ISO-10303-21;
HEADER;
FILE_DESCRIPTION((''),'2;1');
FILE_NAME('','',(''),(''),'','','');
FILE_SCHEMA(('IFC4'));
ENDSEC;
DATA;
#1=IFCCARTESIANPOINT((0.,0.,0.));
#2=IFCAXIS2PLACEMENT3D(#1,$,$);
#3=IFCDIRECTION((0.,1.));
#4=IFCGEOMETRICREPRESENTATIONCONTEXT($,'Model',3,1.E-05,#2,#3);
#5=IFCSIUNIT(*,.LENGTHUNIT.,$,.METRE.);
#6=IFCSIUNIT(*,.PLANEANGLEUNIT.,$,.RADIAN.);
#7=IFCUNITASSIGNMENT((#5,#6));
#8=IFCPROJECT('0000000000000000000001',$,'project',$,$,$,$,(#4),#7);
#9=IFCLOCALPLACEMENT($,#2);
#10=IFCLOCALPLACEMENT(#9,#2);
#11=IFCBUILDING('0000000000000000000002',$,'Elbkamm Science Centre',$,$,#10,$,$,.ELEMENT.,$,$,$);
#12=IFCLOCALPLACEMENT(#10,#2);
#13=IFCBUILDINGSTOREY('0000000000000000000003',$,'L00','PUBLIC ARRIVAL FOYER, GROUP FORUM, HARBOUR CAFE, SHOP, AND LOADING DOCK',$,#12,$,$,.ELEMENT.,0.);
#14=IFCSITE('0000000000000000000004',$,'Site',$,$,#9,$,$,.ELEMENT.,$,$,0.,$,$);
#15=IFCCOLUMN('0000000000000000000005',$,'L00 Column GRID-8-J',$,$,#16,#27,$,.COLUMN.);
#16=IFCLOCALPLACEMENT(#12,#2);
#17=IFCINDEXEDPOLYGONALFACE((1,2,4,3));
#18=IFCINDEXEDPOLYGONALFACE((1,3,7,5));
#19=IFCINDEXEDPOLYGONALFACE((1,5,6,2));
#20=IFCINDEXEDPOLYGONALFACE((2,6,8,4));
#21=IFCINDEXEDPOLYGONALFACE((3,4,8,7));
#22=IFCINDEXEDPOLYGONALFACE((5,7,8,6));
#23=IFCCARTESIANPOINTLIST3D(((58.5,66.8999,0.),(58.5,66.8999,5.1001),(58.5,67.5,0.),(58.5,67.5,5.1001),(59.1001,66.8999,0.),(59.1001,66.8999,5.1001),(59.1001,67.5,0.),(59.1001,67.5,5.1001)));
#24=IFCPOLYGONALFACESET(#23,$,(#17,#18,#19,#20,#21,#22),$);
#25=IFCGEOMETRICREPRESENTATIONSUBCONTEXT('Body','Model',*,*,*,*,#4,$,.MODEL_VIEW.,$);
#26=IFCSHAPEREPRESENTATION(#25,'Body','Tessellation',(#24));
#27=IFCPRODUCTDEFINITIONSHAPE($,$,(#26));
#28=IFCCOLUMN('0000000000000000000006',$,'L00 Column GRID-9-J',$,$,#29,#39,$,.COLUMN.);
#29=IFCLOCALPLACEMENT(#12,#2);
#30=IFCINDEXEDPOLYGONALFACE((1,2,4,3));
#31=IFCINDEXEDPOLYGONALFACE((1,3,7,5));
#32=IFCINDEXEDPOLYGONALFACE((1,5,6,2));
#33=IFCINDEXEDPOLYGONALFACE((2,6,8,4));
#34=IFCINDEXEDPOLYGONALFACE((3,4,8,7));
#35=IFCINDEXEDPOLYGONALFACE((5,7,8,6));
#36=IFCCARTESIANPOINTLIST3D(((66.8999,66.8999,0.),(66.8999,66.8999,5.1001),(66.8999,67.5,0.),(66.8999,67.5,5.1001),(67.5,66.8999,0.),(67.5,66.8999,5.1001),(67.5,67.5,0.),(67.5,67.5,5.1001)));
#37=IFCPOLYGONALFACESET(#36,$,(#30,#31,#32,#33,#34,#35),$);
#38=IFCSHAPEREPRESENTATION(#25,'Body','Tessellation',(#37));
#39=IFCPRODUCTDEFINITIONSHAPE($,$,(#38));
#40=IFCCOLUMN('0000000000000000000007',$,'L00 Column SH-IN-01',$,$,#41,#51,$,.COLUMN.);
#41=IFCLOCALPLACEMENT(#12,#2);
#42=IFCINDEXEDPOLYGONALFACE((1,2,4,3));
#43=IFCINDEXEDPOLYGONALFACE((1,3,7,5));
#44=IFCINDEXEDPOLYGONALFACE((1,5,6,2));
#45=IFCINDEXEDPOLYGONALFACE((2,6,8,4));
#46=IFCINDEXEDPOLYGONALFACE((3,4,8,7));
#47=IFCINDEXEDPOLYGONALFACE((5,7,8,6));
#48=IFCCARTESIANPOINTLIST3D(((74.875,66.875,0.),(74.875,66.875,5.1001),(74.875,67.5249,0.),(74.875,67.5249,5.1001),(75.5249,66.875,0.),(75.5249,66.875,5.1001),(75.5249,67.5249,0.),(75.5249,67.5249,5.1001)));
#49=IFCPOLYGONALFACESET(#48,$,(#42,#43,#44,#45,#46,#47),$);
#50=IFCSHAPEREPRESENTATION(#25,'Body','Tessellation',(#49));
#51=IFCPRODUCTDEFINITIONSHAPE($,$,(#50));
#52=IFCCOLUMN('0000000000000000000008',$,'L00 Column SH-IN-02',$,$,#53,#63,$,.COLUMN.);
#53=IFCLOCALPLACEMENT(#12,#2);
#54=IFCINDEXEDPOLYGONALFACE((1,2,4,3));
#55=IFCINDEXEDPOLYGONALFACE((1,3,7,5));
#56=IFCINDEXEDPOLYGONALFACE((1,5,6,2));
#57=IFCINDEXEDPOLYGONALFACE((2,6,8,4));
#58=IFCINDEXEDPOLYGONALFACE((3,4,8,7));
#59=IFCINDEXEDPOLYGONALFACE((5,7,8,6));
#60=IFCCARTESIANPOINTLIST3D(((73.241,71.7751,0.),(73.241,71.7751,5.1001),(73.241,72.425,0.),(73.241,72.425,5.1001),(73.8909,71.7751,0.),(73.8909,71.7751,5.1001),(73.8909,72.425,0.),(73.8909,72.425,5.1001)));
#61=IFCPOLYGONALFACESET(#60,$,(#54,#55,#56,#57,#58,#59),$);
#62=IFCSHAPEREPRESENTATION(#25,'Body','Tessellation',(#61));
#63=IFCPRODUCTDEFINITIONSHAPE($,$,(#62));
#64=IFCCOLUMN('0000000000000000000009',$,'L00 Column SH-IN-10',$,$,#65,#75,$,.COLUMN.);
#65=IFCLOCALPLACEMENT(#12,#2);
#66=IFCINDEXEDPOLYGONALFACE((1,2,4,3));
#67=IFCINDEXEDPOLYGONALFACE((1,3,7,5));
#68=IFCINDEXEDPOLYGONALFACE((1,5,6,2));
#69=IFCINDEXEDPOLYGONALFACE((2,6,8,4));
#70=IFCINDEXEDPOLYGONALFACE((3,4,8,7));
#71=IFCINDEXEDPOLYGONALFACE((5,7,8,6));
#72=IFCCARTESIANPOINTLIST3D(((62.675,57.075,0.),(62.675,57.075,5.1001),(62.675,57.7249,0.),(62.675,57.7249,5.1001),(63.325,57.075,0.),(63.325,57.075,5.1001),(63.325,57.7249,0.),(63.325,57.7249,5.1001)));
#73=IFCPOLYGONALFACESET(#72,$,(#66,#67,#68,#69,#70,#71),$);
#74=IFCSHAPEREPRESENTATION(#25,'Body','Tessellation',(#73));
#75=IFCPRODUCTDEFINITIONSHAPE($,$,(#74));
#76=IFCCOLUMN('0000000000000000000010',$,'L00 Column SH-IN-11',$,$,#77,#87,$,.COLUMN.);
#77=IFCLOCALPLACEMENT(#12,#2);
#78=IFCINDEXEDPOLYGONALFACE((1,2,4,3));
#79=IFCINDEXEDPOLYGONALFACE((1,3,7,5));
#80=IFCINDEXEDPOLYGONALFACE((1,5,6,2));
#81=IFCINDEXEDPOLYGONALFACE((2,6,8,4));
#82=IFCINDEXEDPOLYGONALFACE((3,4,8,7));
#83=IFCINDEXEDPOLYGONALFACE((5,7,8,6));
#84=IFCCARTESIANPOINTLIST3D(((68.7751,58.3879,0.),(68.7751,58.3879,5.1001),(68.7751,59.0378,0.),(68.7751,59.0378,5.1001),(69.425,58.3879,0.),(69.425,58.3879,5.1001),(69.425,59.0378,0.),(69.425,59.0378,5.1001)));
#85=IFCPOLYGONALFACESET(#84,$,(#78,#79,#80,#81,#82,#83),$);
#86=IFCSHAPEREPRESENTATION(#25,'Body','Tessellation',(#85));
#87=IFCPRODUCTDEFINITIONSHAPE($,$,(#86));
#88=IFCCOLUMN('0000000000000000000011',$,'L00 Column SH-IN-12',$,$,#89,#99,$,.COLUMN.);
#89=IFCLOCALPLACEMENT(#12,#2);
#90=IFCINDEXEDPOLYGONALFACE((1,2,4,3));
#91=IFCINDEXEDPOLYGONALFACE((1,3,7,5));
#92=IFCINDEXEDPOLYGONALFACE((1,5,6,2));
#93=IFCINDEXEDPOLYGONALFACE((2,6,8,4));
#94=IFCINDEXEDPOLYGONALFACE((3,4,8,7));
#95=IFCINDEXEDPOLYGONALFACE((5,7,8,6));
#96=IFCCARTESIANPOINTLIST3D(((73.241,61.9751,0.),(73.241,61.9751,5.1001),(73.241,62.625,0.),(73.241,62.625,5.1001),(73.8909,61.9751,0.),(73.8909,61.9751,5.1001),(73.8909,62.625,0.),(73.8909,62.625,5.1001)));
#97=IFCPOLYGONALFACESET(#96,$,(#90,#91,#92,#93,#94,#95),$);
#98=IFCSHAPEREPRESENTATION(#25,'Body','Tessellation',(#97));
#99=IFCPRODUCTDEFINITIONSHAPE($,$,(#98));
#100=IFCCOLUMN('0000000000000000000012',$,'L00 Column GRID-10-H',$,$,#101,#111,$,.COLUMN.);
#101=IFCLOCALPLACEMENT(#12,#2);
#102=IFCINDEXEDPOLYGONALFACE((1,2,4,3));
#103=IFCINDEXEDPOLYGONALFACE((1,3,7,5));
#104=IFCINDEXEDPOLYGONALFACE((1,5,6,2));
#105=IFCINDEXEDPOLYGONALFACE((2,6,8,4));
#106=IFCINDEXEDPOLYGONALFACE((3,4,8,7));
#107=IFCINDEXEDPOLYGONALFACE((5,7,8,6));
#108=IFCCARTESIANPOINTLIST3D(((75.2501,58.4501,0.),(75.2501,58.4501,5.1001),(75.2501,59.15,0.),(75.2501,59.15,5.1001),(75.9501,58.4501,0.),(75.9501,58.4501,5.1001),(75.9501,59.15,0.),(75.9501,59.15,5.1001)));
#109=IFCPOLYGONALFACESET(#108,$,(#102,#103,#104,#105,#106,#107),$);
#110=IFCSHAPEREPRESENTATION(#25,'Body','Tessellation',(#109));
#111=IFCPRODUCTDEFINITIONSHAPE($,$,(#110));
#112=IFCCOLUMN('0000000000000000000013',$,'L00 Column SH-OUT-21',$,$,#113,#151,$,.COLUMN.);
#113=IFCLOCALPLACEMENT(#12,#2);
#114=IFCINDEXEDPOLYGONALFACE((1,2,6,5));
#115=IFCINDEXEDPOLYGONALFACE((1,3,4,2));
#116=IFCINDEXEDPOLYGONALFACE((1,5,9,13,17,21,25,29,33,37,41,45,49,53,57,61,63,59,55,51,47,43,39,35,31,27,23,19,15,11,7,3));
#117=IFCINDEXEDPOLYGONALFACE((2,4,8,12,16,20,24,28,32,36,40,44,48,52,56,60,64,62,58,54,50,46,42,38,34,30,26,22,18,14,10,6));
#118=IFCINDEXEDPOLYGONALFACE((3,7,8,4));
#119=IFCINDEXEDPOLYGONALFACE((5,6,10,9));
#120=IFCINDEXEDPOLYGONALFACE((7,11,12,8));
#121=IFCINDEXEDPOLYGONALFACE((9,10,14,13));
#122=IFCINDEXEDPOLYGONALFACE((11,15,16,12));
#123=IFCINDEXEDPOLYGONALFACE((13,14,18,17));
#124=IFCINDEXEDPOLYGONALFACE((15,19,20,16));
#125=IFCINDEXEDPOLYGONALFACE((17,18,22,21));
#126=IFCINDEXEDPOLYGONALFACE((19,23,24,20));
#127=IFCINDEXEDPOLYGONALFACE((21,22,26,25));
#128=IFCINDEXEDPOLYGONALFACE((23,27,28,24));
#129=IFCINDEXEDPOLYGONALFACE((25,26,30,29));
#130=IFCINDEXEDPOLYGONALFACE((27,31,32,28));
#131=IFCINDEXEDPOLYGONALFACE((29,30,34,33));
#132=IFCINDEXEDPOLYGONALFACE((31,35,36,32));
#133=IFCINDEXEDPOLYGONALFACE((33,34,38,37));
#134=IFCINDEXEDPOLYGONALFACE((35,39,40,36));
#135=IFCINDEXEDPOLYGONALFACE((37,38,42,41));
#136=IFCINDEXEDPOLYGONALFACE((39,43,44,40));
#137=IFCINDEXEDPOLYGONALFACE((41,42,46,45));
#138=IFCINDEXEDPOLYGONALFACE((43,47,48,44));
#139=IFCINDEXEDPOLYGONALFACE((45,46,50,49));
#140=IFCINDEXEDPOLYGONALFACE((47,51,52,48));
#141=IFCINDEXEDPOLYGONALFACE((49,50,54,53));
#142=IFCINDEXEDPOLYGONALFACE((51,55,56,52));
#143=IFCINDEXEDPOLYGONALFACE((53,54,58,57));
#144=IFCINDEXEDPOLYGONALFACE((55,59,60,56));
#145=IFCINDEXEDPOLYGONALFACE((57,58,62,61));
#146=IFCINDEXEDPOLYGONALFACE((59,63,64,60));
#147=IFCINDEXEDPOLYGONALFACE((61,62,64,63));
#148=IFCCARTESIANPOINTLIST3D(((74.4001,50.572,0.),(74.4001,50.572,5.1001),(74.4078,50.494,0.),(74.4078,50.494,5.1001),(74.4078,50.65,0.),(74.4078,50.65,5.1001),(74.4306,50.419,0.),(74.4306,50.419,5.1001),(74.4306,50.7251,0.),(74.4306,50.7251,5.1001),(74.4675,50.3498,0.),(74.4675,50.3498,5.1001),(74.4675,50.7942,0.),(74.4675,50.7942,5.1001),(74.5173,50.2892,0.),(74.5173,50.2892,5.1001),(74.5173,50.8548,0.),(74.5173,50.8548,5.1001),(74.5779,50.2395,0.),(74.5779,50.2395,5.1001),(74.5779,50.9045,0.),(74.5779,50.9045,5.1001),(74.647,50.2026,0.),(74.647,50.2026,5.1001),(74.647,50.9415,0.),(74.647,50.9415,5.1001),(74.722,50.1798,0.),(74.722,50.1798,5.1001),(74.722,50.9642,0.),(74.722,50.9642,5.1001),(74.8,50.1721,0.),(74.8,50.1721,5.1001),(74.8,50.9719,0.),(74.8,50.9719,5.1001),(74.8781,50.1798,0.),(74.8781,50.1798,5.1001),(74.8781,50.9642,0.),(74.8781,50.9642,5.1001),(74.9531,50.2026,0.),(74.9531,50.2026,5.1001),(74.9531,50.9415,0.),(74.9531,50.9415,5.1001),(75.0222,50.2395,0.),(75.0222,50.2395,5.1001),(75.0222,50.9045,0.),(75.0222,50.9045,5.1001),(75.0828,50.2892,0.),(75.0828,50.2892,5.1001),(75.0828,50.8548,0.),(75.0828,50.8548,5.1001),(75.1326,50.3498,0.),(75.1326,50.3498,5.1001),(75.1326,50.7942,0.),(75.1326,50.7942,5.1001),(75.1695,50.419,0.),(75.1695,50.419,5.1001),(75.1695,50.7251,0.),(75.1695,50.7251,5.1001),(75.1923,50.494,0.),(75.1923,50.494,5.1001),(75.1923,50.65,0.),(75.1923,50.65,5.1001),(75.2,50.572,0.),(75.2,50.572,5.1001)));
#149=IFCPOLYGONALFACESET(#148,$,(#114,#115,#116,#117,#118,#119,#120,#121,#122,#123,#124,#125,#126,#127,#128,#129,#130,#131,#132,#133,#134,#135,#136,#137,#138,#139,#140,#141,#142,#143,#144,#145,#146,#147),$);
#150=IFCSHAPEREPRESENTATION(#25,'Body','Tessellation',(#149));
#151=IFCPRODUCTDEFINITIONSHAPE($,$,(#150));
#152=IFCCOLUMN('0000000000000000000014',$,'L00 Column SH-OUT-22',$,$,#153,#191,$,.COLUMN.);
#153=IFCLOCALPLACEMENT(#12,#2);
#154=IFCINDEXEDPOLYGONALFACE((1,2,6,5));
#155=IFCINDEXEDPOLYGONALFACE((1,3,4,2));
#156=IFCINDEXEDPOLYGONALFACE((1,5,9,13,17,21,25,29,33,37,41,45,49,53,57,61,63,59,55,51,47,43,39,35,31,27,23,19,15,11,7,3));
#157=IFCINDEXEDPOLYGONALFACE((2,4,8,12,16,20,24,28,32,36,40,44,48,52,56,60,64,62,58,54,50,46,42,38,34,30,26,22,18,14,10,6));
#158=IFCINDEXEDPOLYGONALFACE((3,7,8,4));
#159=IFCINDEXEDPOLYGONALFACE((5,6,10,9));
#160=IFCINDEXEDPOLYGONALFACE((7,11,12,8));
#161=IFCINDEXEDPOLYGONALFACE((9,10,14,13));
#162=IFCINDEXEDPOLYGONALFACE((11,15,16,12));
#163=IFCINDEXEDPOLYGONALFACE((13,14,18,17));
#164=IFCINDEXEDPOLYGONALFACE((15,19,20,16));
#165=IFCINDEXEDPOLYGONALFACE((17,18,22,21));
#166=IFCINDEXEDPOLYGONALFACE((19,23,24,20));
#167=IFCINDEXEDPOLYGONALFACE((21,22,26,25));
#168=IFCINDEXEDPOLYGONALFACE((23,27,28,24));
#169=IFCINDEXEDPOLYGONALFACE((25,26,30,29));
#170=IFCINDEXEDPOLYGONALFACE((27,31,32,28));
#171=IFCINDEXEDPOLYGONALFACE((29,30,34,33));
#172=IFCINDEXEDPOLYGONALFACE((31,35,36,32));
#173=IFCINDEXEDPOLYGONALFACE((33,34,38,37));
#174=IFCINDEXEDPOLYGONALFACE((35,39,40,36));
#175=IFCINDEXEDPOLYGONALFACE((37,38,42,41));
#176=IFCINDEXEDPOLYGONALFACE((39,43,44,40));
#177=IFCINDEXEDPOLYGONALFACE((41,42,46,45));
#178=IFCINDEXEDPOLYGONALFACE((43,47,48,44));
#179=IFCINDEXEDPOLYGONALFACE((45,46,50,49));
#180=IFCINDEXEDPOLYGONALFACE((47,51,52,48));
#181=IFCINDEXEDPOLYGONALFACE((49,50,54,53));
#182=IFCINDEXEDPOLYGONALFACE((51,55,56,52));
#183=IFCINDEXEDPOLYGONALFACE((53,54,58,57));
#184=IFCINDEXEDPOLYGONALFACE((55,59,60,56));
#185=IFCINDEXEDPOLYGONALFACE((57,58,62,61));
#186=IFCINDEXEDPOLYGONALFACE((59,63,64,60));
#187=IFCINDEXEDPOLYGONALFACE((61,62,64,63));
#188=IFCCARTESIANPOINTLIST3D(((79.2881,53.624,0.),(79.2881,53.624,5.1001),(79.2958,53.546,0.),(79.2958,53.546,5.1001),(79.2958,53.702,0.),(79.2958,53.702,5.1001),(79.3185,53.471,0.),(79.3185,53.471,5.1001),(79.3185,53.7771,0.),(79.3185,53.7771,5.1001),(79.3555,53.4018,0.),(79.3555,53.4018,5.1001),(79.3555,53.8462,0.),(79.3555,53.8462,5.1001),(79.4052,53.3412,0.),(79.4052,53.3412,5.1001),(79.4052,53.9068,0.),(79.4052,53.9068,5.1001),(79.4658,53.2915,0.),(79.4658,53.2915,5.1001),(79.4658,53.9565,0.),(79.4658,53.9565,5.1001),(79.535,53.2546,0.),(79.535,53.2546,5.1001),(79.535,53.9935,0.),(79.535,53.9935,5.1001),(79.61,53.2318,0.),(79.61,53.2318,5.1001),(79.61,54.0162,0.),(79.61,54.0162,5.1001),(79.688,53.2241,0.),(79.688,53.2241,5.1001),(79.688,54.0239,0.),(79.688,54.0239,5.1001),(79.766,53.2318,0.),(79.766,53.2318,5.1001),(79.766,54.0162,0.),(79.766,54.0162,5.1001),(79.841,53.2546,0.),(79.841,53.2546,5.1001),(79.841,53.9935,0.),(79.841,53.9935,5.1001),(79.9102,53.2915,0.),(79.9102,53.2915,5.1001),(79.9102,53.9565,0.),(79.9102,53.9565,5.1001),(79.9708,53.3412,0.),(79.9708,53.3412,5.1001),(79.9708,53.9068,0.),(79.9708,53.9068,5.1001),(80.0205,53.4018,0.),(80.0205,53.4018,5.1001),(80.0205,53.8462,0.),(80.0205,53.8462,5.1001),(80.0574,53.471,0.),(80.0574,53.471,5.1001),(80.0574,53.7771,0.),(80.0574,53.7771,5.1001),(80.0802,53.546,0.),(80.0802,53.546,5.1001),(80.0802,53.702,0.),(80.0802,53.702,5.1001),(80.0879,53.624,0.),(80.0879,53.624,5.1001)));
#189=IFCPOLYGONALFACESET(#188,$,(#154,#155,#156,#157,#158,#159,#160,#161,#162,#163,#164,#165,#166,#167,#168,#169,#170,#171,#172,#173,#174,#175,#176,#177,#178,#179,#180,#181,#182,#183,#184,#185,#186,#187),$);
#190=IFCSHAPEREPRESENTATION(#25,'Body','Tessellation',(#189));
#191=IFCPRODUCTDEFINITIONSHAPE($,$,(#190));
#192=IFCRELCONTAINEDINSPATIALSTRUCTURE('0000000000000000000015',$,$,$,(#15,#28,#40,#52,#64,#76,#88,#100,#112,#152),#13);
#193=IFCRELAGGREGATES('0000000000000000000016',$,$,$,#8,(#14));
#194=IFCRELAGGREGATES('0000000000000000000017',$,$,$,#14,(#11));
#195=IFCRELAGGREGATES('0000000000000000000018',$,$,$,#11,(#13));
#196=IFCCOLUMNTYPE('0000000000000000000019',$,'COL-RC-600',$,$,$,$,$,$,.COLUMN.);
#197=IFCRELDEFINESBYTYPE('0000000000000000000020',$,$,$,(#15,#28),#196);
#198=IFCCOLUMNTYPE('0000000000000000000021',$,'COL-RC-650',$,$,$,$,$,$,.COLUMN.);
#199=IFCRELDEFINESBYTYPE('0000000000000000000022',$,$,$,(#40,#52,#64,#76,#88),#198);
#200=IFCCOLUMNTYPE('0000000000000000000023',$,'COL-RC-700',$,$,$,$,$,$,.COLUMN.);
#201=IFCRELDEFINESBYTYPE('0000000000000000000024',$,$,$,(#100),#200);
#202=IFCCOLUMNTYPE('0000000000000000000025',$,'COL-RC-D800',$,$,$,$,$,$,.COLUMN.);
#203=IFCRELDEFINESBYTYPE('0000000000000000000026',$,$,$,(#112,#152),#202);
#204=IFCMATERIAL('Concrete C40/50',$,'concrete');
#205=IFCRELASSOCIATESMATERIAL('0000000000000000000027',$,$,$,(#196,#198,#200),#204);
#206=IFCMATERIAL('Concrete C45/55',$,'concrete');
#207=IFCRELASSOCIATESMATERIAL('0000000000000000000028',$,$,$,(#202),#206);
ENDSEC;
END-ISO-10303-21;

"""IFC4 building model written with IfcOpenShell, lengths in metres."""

from ifc_helpers import new_model, si_unit, direction, frame, origin, origin_2d, place, context, subcontext, project, spatial, rectangle, circle, extrude, material, material_profile, profile_set, type_object, element, save


model = new_model("IFC4")

# Units and contexts
model_context = context("Model", 3, precision=1e-05, world=origin(), true_north=direction((0.0, 1.0)))
body_context = subcontext(model_context, "Body", "Model", "MODEL_VIEW")
ifc_project = project(units=[si_unit("LENGTHUNIT", "METRE"), si_unit("PLANEANGLEUNIT", "RADIAN")], contexts=[model_context])

# Site, building, storey
site_placement = place(None, origin())
site = spatial("IfcSite", under=ifc_project, at=site_placement, Name="Site", CompositionType="ELEMENT", RefElevation=0.0)
building_placement = place(site_placement, origin())
building = spatial("IfcBuilding", under=site, at=building_placement, Name="Elbkamm Science Centre", CompositionType="ELEMENT")
storey_placement = place(building_placement, origin())
storey = spatial("IfcBuildingStorey", under=building, at=storey_placement, Name="L00", Description="PUBLIC ARRIVAL FOYER, GROUP FORUM, HARBOUR CAFE, SHOP, AND LOADING DOCK", CompositionType="ELEMENT", Elevation=0.0)

# Columns
ifc_material_1 = material(Name="Concrete C40/50", Category="concrete")
ifc_material_profile_1 = material_profile(ifc_material_1, rectangle(XDim=0.6001, YDim=0.6001, at=origin_2d()), Name="RC 600x600")
ifc_profile_set_1 = profile_set([ifc_material_profile_1], Name="Concrete C40/50")
column_type_1 = type_object("IfcColumnType", Name="COL-RC-600", PredefinedType="COLUMN", material=ifc_profile_set_1)
for number, where, z_axis, x_axis, name in (
    (1, (58.8, 67.2, 0.0), (0.0, 0.0, 1.0), (1.0, 0.0, 0.0), "L00 Column GRID-8-J"),
    (2, (67.2, 67.2, 0.0), (0.0, 0.0, 1.0), (1.0, 0.0, 0.0), "L00 Column GRID-9-J"),
):
    element("IfcColumn", number, at=place(storey_placement, frame(where, z_axis=z_axis, x_axis=x_axis)), inside=storey, type_object=column_type_1, Name=name, PredefinedType="COLUMN", context=body_context, shape_type="SweptSolid", body=[
        extrude(rectangle(XDim=0.6001, YDim=0.6001, at=origin_2d()), origin(), (0.0, 0.0, 1.0), 5.1001),
    ])
ifc_material_profile_2 = material_profile(ifc_material_1, rectangle(XDim=0.6499, YDim=0.6499, at=origin_2d()), Name="RC 650x650")
ifc_profile_set_2 = profile_set([ifc_material_profile_2], Name="Concrete C40/50")
column_type_2 = type_object("IfcColumnType", Name="COL-RC-650", PredefinedType="COLUMN", material=ifc_profile_set_2)
for number, where, z_axis, x_axis, name in (
    (3, (75.2, 67.2, 0.0), (0.0, 0.0, 1.0), (1.0, 0.0, 0.0), "L00 Column SH-IN-01"),
    (4, (73.5659, 72.1001, 0.0), (0.0, 0.0, 1.0), (1.0, 0.0, 0.0), "L00 Column SH-IN-02"),
    (5, (63.0, 57.3999, 0.0), (0.0, 0.0, 1.0), (1.0, 0.0, 0.0), "L00 Column SH-IN-10"),
    (6, (69.1001, 58.7129, 0.0), (0.0, 0.0, 1.0), (1.0, 0.0, 0.0), "L00 Column SH-IN-11"),
    (7, (73.5659, 62.3, 0.0), (0.0, 0.0, 1.0), (1.0, 0.0, 0.0), "L00 Column SH-IN-12"),
):
    element("IfcColumn", number, at=place(storey_placement, frame(where, z_axis=z_axis, x_axis=x_axis)), inside=storey, type_object=column_type_2, Name=name, PredefinedType="COLUMN", context=body_context, shape_type="SweptSolid", body=[
        extrude(rectangle(XDim=0.6499, YDim=0.6499, at=origin_2d()), origin(), (0.0, 0.0, 1.0), 5.1001),
    ])
ifc_material_profile_3 = material_profile(ifc_material_1, rectangle(XDim=0.7, YDim=0.7, at=origin_2d()), Name="RC 700x700")
ifc_profile_set_3 = profile_set([ifc_material_profile_3], Name="Concrete C40/50")
column_type_3 = type_object("IfcColumnType", Name="COL-RC-700", PredefinedType="COLUMN", material=ifc_profile_set_3)
column_placement = place(storey_placement, frame((75.6001, 58.8, 0.0), z_axis=(0.0, 0.0, 1.0), x_axis=(1.0, 0.0, 0.0)))
element("IfcColumn", 8, at=column_placement, inside=storey, type_object=column_type_3, Name="L00 Column GRID-10-H", PredefinedType="COLUMN", context=body_context, shape_type="SweptSolid", body=[
    extrude(rectangle(XDim=0.7, YDim=0.7, at=origin_2d()), origin(), (0.0, 0.0, 1.0), 5.1001),
])
ifc_material_2 = material(Name="Concrete C45/55", Category="concrete")
ifc_material_profile_4 = material_profile(ifc_material_2, circle(Radius=0.3999, at=origin_2d()), Name="RC D800")
ifc_profile_set_4 = profile_set([ifc_material_profile_4], Name="Concrete C45/55")
column_type_4 = type_object("IfcColumnType", Name="COL-RC-D800", PredefinedType="COLUMN", material=ifc_profile_set_4)
for number, where, z_axis, x_axis, name in (
    (9, (74.8, 50.572, 0.0), (0.0, 0.0, 1.0), (1.0, 0.0, 0.0), "L00 Column SH-OUT-21"),
    (10, (79.688, 53.624, 0.0), (0.0, 0.0, 1.0), (1.0, 0.0, 0.0), "L00 Column SH-OUT-22"),
):
    element("IfcColumn", number, at=place(storey_placement, frame(where, z_axis=z_axis, x_axis=x_axis)), inside=storey, type_object=column_type_4, Name=name, PredefinedType="COLUMN", context=body_context, shape_type="SweptSolid", body=[
        extrude(circle(Radius=0.3999, at=origin_2d()), origin(), (0.0, 0.0, 1.0), 5.1001),
    ])

save(model, "model.ifc")
